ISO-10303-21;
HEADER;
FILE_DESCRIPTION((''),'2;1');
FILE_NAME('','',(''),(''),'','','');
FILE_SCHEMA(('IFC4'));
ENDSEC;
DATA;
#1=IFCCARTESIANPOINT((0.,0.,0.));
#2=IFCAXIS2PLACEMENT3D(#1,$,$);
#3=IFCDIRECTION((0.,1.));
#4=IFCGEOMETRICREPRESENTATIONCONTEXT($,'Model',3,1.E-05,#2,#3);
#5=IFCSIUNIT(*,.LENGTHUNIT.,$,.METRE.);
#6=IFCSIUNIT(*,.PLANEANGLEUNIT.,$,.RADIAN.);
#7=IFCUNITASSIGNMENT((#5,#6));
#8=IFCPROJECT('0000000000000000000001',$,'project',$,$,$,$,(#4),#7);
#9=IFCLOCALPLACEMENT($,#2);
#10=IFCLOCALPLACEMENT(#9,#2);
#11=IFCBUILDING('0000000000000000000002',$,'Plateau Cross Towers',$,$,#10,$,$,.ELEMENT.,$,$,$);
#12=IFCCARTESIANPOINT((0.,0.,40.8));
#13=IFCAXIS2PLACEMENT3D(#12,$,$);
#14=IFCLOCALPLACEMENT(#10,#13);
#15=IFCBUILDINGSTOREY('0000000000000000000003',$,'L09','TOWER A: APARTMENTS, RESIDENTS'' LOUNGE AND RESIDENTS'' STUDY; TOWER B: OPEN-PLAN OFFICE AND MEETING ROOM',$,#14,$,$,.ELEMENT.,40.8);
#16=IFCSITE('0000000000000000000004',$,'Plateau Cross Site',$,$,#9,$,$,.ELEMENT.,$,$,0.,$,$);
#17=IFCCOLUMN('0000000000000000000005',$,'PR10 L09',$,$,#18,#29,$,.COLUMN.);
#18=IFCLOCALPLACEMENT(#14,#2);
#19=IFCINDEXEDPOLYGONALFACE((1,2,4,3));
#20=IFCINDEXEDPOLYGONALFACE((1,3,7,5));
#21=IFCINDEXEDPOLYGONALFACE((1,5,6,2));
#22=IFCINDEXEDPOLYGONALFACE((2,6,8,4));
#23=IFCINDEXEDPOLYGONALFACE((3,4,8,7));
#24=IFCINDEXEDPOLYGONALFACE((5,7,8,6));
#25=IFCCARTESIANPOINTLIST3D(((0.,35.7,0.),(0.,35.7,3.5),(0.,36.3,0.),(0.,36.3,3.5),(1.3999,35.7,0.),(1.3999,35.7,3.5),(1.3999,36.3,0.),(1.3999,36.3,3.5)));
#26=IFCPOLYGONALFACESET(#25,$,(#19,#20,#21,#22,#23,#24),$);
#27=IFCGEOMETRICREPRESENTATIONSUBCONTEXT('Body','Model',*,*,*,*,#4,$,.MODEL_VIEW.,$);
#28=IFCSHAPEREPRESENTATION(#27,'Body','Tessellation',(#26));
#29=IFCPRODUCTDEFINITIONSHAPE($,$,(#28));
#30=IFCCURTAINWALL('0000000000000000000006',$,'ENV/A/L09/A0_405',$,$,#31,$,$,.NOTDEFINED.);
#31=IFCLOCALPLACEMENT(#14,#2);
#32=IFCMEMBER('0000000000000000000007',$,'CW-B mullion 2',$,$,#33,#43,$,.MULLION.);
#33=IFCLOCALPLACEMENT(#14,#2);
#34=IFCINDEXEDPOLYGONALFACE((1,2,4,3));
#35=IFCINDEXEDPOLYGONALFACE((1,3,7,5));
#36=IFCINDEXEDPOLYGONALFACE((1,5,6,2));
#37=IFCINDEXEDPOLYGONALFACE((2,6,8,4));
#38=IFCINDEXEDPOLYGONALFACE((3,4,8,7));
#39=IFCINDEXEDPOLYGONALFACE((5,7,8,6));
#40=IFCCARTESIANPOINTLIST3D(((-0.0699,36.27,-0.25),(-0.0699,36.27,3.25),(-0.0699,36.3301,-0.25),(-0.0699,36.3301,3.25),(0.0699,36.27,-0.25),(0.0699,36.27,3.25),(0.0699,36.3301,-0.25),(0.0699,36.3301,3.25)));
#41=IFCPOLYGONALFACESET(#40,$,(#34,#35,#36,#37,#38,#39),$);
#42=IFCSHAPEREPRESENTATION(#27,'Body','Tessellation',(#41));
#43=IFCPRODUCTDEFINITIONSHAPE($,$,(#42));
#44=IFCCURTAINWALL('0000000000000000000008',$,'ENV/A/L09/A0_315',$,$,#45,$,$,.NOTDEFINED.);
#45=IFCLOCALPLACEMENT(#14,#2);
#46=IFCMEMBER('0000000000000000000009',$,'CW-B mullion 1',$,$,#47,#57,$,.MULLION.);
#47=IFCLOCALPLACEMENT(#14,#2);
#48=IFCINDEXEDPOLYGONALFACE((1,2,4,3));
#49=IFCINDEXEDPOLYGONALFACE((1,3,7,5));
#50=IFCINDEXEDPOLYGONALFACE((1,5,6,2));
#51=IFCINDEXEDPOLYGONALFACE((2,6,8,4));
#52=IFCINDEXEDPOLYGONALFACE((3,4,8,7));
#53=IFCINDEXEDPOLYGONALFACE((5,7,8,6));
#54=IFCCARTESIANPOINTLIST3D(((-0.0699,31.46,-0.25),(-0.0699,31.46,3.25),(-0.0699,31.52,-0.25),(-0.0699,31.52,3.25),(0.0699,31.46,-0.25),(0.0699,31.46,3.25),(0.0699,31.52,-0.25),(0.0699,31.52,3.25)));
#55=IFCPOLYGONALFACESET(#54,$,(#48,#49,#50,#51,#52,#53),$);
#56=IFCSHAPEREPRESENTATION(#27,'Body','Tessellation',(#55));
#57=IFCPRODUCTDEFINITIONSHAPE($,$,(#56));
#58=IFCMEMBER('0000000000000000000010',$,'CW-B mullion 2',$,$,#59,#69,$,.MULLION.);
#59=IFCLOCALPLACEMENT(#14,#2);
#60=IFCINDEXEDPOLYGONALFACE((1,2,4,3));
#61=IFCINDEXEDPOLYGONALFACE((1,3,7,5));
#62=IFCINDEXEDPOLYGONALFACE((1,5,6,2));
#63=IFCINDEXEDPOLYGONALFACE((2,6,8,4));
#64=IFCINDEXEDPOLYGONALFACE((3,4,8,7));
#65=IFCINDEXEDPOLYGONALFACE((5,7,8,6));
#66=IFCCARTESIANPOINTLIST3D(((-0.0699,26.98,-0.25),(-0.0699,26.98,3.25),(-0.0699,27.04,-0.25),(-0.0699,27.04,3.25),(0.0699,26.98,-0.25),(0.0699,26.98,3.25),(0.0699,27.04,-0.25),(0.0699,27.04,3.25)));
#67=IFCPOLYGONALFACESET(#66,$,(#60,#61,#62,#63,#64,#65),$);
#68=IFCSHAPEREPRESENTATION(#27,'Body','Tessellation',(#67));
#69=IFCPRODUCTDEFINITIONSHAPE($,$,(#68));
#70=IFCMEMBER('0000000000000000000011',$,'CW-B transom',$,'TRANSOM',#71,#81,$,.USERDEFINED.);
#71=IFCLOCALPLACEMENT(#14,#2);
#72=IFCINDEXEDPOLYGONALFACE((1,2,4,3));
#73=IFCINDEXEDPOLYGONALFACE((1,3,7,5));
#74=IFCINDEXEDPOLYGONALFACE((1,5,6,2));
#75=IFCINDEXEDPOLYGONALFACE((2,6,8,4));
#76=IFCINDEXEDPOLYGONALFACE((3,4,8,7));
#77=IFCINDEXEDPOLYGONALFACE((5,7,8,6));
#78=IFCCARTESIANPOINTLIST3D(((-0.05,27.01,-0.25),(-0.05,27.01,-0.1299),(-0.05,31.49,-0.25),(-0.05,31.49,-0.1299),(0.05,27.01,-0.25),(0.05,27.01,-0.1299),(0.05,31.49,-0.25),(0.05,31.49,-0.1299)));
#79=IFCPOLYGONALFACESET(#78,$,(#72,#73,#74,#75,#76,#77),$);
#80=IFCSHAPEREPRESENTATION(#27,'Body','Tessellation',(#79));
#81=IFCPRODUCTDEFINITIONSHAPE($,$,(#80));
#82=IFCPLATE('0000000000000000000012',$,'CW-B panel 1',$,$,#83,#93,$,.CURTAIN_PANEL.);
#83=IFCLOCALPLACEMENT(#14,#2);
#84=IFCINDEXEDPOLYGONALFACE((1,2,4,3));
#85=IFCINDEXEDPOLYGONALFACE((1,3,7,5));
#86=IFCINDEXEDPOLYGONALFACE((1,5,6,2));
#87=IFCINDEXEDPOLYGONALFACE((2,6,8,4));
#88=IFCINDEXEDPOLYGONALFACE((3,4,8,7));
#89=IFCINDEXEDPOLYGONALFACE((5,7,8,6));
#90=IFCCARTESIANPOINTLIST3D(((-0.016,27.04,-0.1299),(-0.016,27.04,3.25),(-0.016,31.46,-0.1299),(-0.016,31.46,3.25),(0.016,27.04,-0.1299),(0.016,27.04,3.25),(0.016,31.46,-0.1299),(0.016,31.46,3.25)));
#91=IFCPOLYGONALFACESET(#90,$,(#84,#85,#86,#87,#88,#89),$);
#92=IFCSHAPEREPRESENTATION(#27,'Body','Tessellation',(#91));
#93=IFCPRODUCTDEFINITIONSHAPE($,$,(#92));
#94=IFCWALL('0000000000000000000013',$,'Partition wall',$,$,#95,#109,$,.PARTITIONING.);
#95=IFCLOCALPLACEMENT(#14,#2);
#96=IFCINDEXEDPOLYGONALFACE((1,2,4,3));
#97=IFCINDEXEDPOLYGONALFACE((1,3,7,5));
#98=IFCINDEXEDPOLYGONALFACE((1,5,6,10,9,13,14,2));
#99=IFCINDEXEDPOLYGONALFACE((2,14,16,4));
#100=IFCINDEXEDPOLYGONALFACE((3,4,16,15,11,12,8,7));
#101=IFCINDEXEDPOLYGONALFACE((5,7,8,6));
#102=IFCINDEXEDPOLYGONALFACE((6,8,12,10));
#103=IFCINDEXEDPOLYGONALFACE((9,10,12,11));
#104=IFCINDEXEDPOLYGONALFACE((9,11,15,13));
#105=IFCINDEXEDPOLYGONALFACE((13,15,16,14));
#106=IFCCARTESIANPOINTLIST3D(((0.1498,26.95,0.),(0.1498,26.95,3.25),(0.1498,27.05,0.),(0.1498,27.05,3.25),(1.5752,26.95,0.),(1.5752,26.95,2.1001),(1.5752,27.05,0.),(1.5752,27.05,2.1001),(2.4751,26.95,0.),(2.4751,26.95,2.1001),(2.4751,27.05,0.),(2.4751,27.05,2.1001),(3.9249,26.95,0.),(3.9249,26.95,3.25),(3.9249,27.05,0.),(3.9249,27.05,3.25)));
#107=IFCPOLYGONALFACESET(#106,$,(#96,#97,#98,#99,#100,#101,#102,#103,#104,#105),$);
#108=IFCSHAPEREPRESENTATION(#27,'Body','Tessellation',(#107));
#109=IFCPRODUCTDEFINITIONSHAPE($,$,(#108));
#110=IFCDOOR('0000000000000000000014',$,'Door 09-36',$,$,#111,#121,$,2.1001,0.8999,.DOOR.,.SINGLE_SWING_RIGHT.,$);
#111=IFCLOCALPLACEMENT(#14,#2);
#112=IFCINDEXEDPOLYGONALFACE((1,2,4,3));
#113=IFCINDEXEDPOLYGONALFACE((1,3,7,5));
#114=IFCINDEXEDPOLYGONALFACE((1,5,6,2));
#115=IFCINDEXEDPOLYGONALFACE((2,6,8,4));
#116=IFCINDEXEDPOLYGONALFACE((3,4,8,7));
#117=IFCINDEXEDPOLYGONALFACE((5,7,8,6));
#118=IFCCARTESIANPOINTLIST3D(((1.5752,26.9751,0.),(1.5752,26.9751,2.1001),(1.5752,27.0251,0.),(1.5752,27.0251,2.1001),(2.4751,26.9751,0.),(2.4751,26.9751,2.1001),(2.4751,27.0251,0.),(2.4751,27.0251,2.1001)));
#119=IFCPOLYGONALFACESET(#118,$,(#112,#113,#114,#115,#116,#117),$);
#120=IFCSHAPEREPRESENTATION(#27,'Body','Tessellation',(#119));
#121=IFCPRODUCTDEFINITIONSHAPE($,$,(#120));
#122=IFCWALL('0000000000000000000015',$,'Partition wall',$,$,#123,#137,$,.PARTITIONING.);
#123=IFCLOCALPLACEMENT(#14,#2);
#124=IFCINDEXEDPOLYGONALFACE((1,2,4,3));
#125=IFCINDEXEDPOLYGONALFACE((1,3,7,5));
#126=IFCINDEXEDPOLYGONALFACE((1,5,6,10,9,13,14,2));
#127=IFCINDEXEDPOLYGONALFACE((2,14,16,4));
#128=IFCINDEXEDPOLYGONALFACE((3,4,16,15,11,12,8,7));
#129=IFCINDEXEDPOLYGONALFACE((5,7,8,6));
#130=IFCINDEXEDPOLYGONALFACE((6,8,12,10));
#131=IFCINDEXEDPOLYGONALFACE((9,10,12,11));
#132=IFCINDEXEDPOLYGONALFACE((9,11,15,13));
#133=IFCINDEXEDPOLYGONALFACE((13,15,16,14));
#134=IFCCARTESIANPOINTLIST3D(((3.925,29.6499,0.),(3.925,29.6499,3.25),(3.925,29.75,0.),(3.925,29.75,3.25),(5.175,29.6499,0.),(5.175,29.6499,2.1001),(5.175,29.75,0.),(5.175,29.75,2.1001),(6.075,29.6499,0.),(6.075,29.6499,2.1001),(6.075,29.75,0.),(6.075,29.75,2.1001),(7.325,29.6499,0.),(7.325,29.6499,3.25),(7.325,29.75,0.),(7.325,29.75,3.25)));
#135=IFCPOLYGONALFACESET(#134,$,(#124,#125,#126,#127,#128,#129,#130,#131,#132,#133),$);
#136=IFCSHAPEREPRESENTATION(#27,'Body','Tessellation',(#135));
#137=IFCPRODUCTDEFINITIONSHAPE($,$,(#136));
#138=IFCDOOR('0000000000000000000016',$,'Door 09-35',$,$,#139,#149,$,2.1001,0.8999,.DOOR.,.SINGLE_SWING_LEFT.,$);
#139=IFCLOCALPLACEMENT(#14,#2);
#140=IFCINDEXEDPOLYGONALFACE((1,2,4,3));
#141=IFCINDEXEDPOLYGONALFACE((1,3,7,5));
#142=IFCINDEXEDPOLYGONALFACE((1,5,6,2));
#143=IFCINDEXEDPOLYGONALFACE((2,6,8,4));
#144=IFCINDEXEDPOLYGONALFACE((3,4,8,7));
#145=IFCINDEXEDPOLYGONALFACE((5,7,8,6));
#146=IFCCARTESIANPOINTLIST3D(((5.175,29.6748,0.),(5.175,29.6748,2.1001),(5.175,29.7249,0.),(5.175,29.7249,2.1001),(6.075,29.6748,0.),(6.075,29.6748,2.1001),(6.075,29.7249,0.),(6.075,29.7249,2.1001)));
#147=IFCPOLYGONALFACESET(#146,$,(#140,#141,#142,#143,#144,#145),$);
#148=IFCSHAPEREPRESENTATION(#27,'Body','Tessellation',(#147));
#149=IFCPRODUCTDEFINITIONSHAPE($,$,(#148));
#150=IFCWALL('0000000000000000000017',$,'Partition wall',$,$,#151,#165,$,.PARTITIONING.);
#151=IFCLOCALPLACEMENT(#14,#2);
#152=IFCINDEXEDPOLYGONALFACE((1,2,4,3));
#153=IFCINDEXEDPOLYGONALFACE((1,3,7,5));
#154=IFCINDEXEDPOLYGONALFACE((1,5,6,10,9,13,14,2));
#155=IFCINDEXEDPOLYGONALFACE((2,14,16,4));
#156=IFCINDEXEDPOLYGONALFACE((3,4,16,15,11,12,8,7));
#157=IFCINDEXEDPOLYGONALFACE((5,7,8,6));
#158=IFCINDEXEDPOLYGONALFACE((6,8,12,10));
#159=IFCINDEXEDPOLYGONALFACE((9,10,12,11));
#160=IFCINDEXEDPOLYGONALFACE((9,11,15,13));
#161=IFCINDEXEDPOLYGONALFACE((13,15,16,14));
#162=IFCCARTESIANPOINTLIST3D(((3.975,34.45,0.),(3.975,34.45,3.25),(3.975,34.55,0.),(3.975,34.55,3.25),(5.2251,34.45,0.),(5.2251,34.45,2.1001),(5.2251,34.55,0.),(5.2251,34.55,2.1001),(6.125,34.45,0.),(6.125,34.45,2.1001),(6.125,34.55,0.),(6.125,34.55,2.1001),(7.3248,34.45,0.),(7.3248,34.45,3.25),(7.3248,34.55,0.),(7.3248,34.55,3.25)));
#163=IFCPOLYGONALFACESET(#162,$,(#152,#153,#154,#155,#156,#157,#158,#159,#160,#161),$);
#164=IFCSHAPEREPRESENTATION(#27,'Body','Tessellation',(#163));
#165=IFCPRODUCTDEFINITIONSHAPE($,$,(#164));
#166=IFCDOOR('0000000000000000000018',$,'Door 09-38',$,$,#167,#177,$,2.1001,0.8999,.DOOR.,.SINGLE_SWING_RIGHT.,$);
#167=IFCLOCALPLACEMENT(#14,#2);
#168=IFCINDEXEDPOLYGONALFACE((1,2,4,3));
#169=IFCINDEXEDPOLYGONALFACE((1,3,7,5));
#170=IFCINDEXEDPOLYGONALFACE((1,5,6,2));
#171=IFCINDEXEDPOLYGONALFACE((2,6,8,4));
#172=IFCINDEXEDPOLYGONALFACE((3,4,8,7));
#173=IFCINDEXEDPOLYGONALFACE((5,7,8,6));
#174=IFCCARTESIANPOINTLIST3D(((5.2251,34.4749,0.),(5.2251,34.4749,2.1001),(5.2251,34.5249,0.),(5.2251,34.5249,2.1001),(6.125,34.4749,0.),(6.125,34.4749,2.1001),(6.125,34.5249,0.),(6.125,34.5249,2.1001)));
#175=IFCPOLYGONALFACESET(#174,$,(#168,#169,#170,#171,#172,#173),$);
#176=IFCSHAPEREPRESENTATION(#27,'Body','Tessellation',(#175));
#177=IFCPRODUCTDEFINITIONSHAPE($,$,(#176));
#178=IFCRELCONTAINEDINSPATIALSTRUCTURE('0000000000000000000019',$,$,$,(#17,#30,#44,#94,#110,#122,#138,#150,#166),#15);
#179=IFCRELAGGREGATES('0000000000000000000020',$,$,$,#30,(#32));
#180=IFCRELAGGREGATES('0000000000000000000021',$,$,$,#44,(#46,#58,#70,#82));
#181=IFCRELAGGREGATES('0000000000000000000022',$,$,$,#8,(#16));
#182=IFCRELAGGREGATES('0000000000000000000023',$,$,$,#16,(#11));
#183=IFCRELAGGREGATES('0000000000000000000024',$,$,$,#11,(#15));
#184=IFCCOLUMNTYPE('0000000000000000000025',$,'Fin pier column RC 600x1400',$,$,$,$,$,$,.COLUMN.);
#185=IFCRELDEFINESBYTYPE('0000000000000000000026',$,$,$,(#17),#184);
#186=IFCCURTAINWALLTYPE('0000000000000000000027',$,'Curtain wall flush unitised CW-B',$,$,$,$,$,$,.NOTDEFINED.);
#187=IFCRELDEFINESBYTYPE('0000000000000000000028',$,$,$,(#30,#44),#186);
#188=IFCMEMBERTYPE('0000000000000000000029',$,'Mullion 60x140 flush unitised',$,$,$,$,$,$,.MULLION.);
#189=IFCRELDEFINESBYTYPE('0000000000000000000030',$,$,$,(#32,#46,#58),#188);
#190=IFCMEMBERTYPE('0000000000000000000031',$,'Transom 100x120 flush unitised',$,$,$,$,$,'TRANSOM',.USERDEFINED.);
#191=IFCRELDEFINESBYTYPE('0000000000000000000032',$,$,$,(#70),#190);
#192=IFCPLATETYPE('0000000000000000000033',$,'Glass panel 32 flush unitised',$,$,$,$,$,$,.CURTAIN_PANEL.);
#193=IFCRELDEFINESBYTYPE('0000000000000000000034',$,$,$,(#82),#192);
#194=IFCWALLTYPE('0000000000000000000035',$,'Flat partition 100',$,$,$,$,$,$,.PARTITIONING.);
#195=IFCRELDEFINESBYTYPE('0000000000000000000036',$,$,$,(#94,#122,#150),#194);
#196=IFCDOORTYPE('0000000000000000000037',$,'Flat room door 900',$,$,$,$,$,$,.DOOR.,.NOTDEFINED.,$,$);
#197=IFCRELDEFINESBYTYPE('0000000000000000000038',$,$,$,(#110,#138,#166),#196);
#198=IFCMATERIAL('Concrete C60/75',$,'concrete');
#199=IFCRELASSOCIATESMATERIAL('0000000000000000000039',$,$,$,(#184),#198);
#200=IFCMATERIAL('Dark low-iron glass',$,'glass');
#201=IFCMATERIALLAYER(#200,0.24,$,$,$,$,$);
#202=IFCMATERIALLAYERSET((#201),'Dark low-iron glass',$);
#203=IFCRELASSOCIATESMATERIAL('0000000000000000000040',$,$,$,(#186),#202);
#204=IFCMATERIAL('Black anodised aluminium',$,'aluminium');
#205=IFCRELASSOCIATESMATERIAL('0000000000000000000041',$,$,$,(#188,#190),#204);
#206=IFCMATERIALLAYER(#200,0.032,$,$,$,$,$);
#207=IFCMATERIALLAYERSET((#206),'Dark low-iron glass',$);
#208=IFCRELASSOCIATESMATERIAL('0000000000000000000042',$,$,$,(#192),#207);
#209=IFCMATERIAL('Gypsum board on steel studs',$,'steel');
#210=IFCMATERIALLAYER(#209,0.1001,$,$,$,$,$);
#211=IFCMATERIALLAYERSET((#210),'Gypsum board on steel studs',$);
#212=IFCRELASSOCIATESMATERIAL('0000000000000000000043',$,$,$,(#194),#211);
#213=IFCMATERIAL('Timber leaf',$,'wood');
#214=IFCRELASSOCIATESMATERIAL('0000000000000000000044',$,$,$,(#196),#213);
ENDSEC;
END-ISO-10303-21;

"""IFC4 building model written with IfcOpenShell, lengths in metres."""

from ifc_helpers import new_model, si_unit, direction, frame, frame_2d, origin, origin_2d, place, context, subcontext, project, spatial, rectangle, extrude, material, layer, layer_set, material_profile, profile_set, type_object, element, fill, aggregate, save


model = new_model("IFC4")

# Units and contexts
model_context = context("Model", 3, precision=1e-05, world=origin(), true_north=direction((0.0, 1.0)))
body_context = subcontext(model_context, "Body", "Model", "MODEL_VIEW")
ifc_project = project(units=[si_unit("LENGTHUNIT", "METRE"), si_unit("PLANEANGLEUNIT", "RADIAN")], contexts=[model_context])

# Site, building, storey
site_placement = place(None, origin())
site = spatial("IfcSite", under=ifc_project, at=site_placement, Name="Plateau Cross Site", CompositionType="ELEMENT", RefElevation=0.0)
building_placement = place(site_placement, origin())
building = spatial("IfcBuilding", under=site, at=building_placement, Name="Plateau Cross Towers", CompositionType="ELEMENT")
storey_placement = place(building_placement, frame((0.0, 0.0, 40.8)))
storey = spatial("IfcBuildingStorey", under=building, at=storey_placement, Name="L09", Description="TOWER A: APARTMENTS, RESIDENTS' LOUNGE AND RESIDENTS' STUDY; TOWER B: OPEN-PLAN OFFICE AND MEETING ROOM", CompositionType="ELEMENT", Elevation=40.8)

# Column
ifc_material_1 = material(Name="Concrete C60/75", Category="concrete")
ifc_material_profile_1 = material_profile(ifc_material_1, rectangle(XDim=0.6001, YDim=1.3999, at=origin_2d()), Name="RC 600x1400")
ifc_profile_set_1 = profile_set([ifc_material_profile_1], Name="Concrete C60/75")
column_type = type_object("IfcColumnType", Name="Fin pier column RC 600x1400", PredefinedType="COLUMN", material=ifc_profile_set_1)
column_placement = place(storey_placement, frame((0.7, 36.0, 0.0), z_axis=(0.0, 0.0, 1.0), x_axis=(0.0, 1.0, 0.0)))
element("IfcColumn", 1, at=column_placement, inside=storey, type_object=column_type, Name="PR10 L09", PredefinedType="COLUMN", context=body_context, shape_type="SweptSolid", body=[
    extrude(rectangle(XDim=0.6001, YDim=1.3999, at=origin_2d()), origin(), (0.0, 0.0, 1.0), 3.5),
])

# Curtain wall, member
ifc_material_2 = material(Name="Dark low-iron glass", Category="glass")
ifc_layer_1 = layer(ifc_material_2, 0.24)
ifc_layer_set_1 = layer_set([ifc_layer_1], Name="Dark low-iron glass")
curtain_wall_type = type_object("IfcCurtainWallType", Name="Curtain wall flush unitised CW-B", PredefinedType="NOTDEFINED", material=ifc_layer_set_1)
curtain_wall_1_placement = place(storey_placement, origin())
curtain_wall_1 = element("IfcCurtainWall", 2, at=curtain_wall_1_placement, inside=storey, type_object=curtain_wall_type, Name="ENV/A/L09/A0_405", PredefinedType="NOTDEFINED")
ifc_material_3 = material(Name="Black anodised aluminium", Category="aluminium")
ifc_material_profile_2 = material_profile(ifc_material_3, rectangle(XDim=0.0601, YDim=0.1399, at=origin_2d()), Name="MULLION 60x140")
ifc_profile_set_2 = profile_set([ifc_material_profile_2], Name="Black anodised aluminium")
member_type_1 = type_object("IfcMemberType", Name="Mullion 60x140 flush unitised", PredefinedType="MULLION", material=ifc_profile_set_2)
member_1_placement = place(storey_placement, frame((0.0, 36.3, -0.25), z_axis=(0.0, 0.0, 1.0), x_axis=(0.0, -1.0, 0.0)))
member_1 = element("IfcMember", 3, at=member_1_placement, type_object=member_type_1, Name="CW-B mullion 2", PredefinedType="MULLION", context=body_context, shape_type="SweptSolid", body=[
    extrude(rectangle(XDim=0.0601, YDim=0.1399, at=origin_2d()), origin(), (0.0, 0.0, 1.0), 3.5),
])
aggregate(curtain_wall_1, [member_1])

# Curtain wall, members, plate
curtain_wall_2_placement = place(storey_placement, origin())
curtain_wall_2 = element("IfcCurtainWall", 4, at=curtain_wall_2_placement, inside=storey, type_object=curtain_wall_type, Name="ENV/A/L09/A0_315", PredefinedType="NOTDEFINED")
member_2_placement = place(storey_placement, frame((0.0, 31.49, -0.25), z_axis=(0.0, 0.0, 1.0), x_axis=(0.0, -1.0, 0.0)))
member_2 = element("IfcMember", 5, at=member_2_placement, type_object=member_type_1, Name="CW-B mullion 1", PredefinedType="MULLION", context=body_context, shape_type="SweptSolid", body=[
    extrude(rectangle(XDim=0.0601, YDim=0.1399, at=origin_2d()), origin(), (0.0, 0.0, 1.0), 3.5),
])
member_3_placement = place(storey_placement, frame((0.0, 27.01, -0.25), z_axis=(0.0, 0.0, 1.0), x_axis=(0.0, -1.0, 0.0)))
member_3 = element("IfcMember", 6, at=member_3_placement, type_object=member_type_1, Name="CW-B mullion 2", PredefinedType="MULLION", context=body_context, shape_type="SweptSolid", body=[
    extrude(rectangle(XDim=0.0601, YDim=0.1399, at=origin_2d()), origin(), (0.0, 0.0, 1.0), 3.5),
])
ifc_material_profile_3 = material_profile(ifc_material_3, rectangle(XDim=0.1001, YDim=0.1201, at=origin_2d()), Name="TRANSOM 100x120")
ifc_profile_set_3 = profile_set([ifc_material_profile_3], Name="Black anodised aluminium")
member_type_2 = type_object("IfcMemberType", Name="Transom 100x120 flush unitised", ElementType="TRANSOM", PredefinedType="USERDEFINED", material=ifc_profile_set_3)
member_4_placement = place(storey_placement, frame((0.0, 31.49, -0.1899), z_axis=(0.0, -1.0, 0.0), x_axis=(1.0, 0.0, 0.0)))
member_4 = element("IfcMember", 7, at=member_4_placement, type_object=member_type_2, Name="CW-B transom", ObjectType="TRANSOM", PredefinedType="USERDEFINED", context=body_context, shape_type="SweptSolid", body=[
    extrude(rectangle(XDim=0.1001, YDim=0.1201, at=origin_2d()), origin(), (0.0, 0.0, 1.0), 4.48),
])
ifc_layer_2 = layer(ifc_material_2, 0.032)
ifc_layer_set_2 = layer_set([ifc_layer_2], Name="Dark low-iron glass")
plate_type = type_object("IfcPlateType", Name="Glass panel 32 flush unitised", PredefinedType="CURTAIN_PANEL", material=ifc_layer_set_2)
plate_placement = place(storey_placement, frame((0.0, 29.25, -0.1299), z_axis=(0.0, 0.0, 1.0), x_axis=(0.0, -1.0, 0.0)))
plate = element("IfcPlate", 8, at=plate_placement, type_object=plate_type, Name="CW-B panel 1", PredefinedType="CURTAIN_PANEL", context=body_context, shape_type="SweptSolid", body=[
    extrude(rectangle(XDim=4.4199, YDim=0.032, at=origin_2d()), origin(), (0.0, 0.0, 1.0), 3.3799),
])
aggregate(curtain_wall_2, [member_2, member_3, member_4, plate])

# Walls, openings, doors
ifc_material_4 = material(Name="Gypsum board on steel studs", Category="steel")
ifc_layer_3 = layer(ifc_material_4, 0.1001)
ifc_layer_set_3 = layer_set([ifc_layer_3], Name="Gypsum board on steel studs")
wall_type_1 = type_object("IfcWallType", Name="Flat partition 100", PredefinedType="PARTITIONING", material=ifc_layer_set_3)
wall_1_placement = place(storey_placement, frame((3.925, 27.0, 0.0), z_axis=(0.0, 0.0, 1.0), x_axis=(-1.0, 0.0, 0.0)))
wall_1 = element("IfcWall", 9, at=wall_1_placement, inside=storey, type_object=wall_type_1, Name="Partition wall", PredefinedType="PARTITIONING", context=body_context, shape_type="SweptSolid", body=[
    extrude(rectangle(XDim=3.7751, YDim=0.1001, at=frame_2d((1.8877, 0.0))), origin(), (0.0, 0.0, 1.0), 3.25),
])
opening_1_placement = place(wall_1_placement, frame((1.45, 0.0, 0.0)))
opening_1 = element("IfcOpeningElement", 10, at=opening_1_placement, cuts=wall_1, PredefinedType="OPENING", context=body_context, shape_type="SweptSolid", body=[
    extrude(rectangle(XDim=0.8999, YDim=2.1001, at=frame_2d((0.45, 1.05))), frame((0.0, 0.0601, 0.0), z_axis=(0.0, -1.0, 0.0), x_axis=(1.0, 0.0, 0.0)), (0.0, 0.0, 1.0), 0.1201),
])
ifc_material_5 = material(Name="Timber leaf", Category="wood")
door_type_1 = type_object("IfcDoorType", Name="Flat room door 900", OperationType="NOTDEFINED", PredefinedType="DOOR", material=ifc_material_5)
door_1_placement = place(opening_1_placement, origin())
door_1 = element("IfcDoor", 11, at=door_1_placement, inside=storey, type_object=door_type_1, Name="Door 09-36", OperationType="SINGLE_SWING_RIGHT", OverallHeight=2.1001, OverallWidth=0.8999, PredefinedType="DOOR", context=body_context, shape_type="SweptSolid", body=[
    extrude(rectangle(XDim=0.8999, YDim=2.1001, at=frame_2d((0.45, 1.05))), frame((0.0, 0.0249, 0.0), z_axis=(0.0, -1.0, 0.0), x_axis=(1.0, 0.0, 0.0)), (0.0, 0.0, 1.0), 0.05),
])
fill(opening_1, door_1)
wall_2_placement = place(storey_placement, frame((3.925, 29.7, 0.0), z_axis=(0.0, 0.0, 1.0), x_axis=(1.0, 0.0, 0.0)))
wall_2 = element("IfcWall", 12, at=wall_2_placement, inside=storey, type_object=wall_type_1, Name="Partition wall", PredefinedType="PARTITIONING", context=body_context, shape_type="SweptSolid", body=[
    extrude(rectangle(XDim=3.3999, YDim=0.1001, at=frame_2d((1.7, 0.0))), origin(), (0.0, 0.0, 1.0), 3.25),
])
opening_2_placement = place(wall_2_placement, frame((1.25, 0.0, 0.0)))
opening_2 = element("IfcOpeningElement", 13, at=opening_2_placement, cuts=wall_2, PredefinedType="OPENING", context=body_context, shape_type="SweptSolid", body=[
    extrude(rectangle(XDim=0.8999, YDim=2.1001, at=frame_2d((0.45, 1.05))), frame((0.0, 0.0601, 0.0), z_axis=(0.0, -1.0, 0.0), x_axis=(1.0, 0.0, 0.0)), (0.0, 0.0, 1.0), 0.1201),
])
door_2_placement = place(opening_2_placement, origin())
door_2 = element("IfcDoor", 14, at=door_2_placement, inside=storey, type_object=door_type_1, Name="Door 09-35", OperationType="SINGLE_SWING_LEFT", OverallHeight=2.1001, OverallWidth=0.8999, PredefinedType="DOOR", context=body_context, shape_type="SweptSolid", body=[
    extrude(rectangle(XDim=0.8999, YDim=2.1001, at=frame_2d((0.45, 1.05))), frame((0.0, 0.0249, 0.0), z_axis=(0.0, -1.0, 0.0), x_axis=(1.0, 0.0, 0.0)), (0.0, 0.0, 1.0), 0.05),
])
fill(opening_2, door_2)
wall_3_placement = place(storey_placement, frame((3.9751, 34.5, 0.0), z_axis=(0.0, 0.0, 1.0), x_axis=(1.0, 0.0, 0.0)))
wall_3 = element("IfcWall", 15, at=wall_3_placement, inside=storey, type_object=wall_type_1, Name="Partition wall", PredefinedType="PARTITIONING", context=body_context, shape_type="SweptSolid", body=[
    extrude(rectangle(XDim=3.3499, YDim=0.1001, at=frame_2d((1.6748, 0.0))), origin(), (0.0, 0.0, 1.0), 3.25),
])
opening_3_placement = place(wall_3_placement, frame((1.25, 0.0, 0.0)))
opening_3 = element("IfcOpeningElement", 16, at=opening_3_placement, cuts=wall_3, PredefinedType="OPENING", context=body_context, shape_type="SweptSolid", body=[
    extrude(rectangle(XDim=0.8999, YDim=2.1001, at=frame_2d((0.45, 1.05))), frame((0.0, 0.0601, 0.0), z_axis=(0.0, -1.0, 0.0), x_axis=(1.0, 0.0, 0.0)), (0.0, 0.0, 1.0), 0.1201),
])
door_3_placement = place(opening_3_placement, origin())
door_3 = element("IfcDoor", 17, at=door_3_placement, inside=storey, type_object=door_type_1, Name="Door 09-38", OperationType="SINGLE_SWING_RIGHT", OverallHeight=2.1001, OverallWidth=0.8999, PredefinedType="DOOR", context=body_context, shape_type="SweptSolid", body=[
    extrude(rectangle(XDim=0.8999, YDim=2.1001, at=frame_2d((0.45, 1.05))), frame((0.0, 0.0249, 0.0), z_axis=(0.0, -1.0, 0.0), x_axis=(1.0, 0.0, 0.0)), (0.0, 0.0, 1.0), 0.05),
])
fill(opening_3, door_3)

save(model, "model.ifc")
